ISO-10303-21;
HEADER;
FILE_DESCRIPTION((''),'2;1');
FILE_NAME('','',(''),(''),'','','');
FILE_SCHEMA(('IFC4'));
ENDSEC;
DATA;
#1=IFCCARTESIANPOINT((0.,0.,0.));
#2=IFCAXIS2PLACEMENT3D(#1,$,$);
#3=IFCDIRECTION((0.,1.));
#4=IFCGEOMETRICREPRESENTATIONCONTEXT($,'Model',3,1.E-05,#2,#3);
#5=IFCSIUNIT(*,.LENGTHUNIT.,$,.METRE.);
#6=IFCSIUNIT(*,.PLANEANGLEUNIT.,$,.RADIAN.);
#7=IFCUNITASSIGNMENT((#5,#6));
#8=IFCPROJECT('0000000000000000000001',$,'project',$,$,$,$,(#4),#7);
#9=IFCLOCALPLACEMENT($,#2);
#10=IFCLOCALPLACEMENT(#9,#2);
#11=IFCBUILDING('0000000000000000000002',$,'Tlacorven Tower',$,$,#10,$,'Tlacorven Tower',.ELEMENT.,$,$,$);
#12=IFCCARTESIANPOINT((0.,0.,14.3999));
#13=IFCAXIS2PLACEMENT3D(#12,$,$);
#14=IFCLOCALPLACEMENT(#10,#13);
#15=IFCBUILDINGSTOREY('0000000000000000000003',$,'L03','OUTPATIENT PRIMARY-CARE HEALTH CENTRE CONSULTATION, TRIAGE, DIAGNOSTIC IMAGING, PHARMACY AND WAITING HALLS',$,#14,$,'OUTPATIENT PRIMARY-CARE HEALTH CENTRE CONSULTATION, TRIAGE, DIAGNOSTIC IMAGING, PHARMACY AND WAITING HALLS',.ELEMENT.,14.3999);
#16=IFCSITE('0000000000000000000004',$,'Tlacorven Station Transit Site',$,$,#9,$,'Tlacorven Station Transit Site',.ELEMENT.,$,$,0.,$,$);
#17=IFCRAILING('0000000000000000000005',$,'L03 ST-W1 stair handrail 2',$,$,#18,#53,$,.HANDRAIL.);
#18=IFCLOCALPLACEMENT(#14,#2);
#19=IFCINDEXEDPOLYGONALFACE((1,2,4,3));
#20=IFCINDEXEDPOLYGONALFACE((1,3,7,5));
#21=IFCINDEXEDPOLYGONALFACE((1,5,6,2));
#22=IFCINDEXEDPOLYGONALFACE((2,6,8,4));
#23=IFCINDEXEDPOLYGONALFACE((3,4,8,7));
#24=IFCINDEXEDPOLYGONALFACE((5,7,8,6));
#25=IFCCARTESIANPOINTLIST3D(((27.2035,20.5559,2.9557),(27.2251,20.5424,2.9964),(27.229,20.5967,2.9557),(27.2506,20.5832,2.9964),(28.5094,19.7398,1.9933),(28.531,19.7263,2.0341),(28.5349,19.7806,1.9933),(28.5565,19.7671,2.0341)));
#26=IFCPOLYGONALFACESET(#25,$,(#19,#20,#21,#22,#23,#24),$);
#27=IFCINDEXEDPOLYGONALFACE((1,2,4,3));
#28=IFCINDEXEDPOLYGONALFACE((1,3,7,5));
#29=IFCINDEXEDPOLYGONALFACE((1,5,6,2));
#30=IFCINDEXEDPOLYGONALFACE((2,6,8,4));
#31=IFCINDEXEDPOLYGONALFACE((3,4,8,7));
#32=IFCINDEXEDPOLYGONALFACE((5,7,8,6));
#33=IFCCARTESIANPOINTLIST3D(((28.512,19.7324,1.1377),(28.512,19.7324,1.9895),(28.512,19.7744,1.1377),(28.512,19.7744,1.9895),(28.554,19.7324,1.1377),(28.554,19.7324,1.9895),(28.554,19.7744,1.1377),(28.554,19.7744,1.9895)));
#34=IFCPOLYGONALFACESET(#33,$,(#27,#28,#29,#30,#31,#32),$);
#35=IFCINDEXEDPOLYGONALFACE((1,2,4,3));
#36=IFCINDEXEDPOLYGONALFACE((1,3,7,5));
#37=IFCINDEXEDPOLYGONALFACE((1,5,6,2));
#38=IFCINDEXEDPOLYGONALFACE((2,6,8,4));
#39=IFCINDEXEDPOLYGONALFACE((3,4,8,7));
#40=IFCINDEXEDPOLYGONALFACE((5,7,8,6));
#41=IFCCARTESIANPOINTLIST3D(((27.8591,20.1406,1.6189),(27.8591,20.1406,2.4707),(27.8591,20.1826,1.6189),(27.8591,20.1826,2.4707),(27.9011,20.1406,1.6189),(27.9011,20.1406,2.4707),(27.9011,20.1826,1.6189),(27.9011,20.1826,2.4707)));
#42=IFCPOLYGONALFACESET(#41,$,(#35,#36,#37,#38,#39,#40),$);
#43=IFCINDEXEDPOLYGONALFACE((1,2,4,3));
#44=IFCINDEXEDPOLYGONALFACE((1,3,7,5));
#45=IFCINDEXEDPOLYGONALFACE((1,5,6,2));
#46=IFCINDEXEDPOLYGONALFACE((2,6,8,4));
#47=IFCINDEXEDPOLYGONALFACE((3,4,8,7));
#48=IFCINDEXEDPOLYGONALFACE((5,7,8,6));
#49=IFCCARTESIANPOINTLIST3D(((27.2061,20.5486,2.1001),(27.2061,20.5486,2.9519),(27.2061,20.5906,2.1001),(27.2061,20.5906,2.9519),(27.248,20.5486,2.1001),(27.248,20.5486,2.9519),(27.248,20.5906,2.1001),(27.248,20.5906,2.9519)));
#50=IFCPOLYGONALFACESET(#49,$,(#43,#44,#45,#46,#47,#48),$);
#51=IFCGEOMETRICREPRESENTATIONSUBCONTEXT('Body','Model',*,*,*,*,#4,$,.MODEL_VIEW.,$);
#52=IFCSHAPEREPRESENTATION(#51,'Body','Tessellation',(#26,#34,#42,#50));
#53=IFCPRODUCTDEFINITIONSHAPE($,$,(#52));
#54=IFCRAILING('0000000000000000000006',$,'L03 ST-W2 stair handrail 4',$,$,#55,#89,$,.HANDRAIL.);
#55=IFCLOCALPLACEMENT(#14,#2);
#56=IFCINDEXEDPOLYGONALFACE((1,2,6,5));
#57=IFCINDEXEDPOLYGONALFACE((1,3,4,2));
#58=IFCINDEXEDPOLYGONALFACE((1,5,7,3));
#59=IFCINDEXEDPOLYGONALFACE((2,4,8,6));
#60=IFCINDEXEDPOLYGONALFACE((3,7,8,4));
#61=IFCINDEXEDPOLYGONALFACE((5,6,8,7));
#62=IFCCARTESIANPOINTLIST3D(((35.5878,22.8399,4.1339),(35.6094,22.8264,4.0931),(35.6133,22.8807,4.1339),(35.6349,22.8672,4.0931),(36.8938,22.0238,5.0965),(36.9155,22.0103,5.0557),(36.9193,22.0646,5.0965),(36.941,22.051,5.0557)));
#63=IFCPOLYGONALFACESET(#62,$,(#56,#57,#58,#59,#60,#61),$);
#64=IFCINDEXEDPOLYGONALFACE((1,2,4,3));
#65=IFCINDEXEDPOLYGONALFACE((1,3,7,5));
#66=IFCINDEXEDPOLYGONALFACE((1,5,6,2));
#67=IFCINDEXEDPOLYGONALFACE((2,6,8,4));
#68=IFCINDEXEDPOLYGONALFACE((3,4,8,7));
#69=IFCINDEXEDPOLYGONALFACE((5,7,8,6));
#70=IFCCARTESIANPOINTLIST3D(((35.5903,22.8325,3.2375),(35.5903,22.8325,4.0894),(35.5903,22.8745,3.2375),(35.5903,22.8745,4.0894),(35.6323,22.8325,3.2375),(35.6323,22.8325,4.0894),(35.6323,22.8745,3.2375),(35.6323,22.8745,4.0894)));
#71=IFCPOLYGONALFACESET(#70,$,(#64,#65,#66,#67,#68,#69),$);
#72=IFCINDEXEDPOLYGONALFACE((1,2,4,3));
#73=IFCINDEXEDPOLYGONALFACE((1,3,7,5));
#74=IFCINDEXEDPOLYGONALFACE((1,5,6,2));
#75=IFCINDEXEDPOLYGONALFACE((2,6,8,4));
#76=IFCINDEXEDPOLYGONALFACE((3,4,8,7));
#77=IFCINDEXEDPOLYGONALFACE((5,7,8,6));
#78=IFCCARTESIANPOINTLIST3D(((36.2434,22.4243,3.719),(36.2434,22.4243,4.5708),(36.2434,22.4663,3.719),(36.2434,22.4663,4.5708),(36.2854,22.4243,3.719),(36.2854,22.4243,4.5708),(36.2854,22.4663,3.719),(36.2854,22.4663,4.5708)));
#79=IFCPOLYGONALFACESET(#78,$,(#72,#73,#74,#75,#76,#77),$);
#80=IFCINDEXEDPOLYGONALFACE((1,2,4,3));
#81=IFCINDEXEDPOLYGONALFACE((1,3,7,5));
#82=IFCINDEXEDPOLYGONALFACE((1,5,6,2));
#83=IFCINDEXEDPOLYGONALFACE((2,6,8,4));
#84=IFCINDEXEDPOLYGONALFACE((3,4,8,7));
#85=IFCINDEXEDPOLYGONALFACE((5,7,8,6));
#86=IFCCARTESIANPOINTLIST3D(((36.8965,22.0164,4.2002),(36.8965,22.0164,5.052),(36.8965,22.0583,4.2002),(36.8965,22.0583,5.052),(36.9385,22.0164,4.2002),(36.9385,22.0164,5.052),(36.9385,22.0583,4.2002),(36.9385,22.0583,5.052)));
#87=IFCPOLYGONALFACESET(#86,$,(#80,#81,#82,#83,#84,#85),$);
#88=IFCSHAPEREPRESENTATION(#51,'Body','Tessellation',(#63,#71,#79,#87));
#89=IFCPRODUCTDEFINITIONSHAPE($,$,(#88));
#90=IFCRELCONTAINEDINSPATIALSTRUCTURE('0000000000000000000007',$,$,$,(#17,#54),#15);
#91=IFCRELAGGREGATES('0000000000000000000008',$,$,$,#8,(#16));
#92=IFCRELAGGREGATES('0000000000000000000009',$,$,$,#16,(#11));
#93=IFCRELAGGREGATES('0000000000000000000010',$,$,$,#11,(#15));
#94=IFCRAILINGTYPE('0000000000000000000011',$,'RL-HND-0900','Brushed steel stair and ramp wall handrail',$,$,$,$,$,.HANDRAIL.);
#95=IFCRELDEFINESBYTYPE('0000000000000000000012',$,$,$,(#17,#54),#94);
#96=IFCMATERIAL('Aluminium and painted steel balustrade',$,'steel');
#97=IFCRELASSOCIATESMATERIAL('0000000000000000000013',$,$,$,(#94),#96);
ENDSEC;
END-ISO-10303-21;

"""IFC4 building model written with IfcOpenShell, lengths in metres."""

from ifc_helpers import new_model, si_unit, direction, frame, origin, origin_2d, place, context, subcontext, project, spatial, rectangle, extrude, source, transform, mapped, material, type_object, element, save


model = new_model("IFC4")

# Units and contexts
model_context = context("Model", 3, precision=1e-05, world=origin(), true_north=direction((0.0, 1.0)))
body_context = subcontext(model_context, "Body", "Model", "MODEL_VIEW")
ifc_project = project(units=[si_unit("LENGTHUNIT", "METRE"), si_unit("PLANEANGLEUNIT", "RADIAN")], contexts=[model_context])

# Site, building, storey
site_placement = place(None, origin())
site = spatial("IfcSite", under=ifc_project, at=site_placement, Name="Tlacorven Station Transit Site", LongName="Tlacorven Station Transit Site", CompositionType="ELEMENT", RefElevation=0.0)
building_placement = place(site_placement, origin())
building = spatial("IfcBuilding", under=site, at=building_placement, Name="Tlacorven Tower", LongName="Tlacorven Tower", CompositionType="ELEMENT")
storey_placement = place(building_placement, frame((0.0, 0.0, 14.3999)))
storey = spatial("IfcBuildingStorey", under=building, at=storey_placement, Name="L03", Description="OUTPATIENT PRIMARY-CARE HEALTH CENTRE CONSULTATION, TRIAGE, DIAGNOSTIC IMAGING, PHARMACY AND WAITING HALLS", LongName="OUTPATIENT PRIMARY-CARE HEALTH CENTRE CONSULTATION, TRIAGE, DIAGNOSTIC IMAGING, PHARMACY AND WAITING HALLS", CompositionType="ELEMENT", Elevation=14.3999)

# Railings
ifc_material_1 = material(Name="Aluminium and painted steel balustrade", Category="steel")
railing_type_1 = type_object("IfcRailingType", Name="RL-HND-0900", Description="Brushed steel stair and ramp wall handrail", PredefinedType="HANDRAIL", material=ifc_material_1)
shared_shape_1 = source(origin(), body_context, "Body", "SweptSolid", [
    extrude(rectangle(XDim=0.0481, YDim=0.0481, at=origin_2d()), frame((0.0, 0.0, 0.876), z_axis=(-0.719126, 0.449437, 0.529967), x_axis=(-0.529985, -0.848007, 0.0)), (0.0, 0.0, 1.0), 1.8159),
    extrude(rectangle(XDim=0.042, YDim=0.042, at=origin_2d()), origin(), (0.0, 0.0, 1.0), 0.8518),
    extrude(rectangle(XDim=0.042, YDim=0.042, at=origin_2d()), frame((-0.6528, 0.4082, 0.4812)), (0.0, 0.0, 1.0), 0.8518),
    extrude(rectangle(XDim=0.042, YDim=0.042, at=origin_2d()), frame((-1.3059, 0.8162, 0.9624)), (0.0, 0.0, 1.0), 0.8518),
])
railing_1_placement = place(storey_placement, frame((28.533, 19.7534, 1.1377)))
element("IfcRailing", 1, at=railing_1_placement, inside=storey, type_object=railing_type_1, Name="L03 ST-W1 stair handrail 2", PredefinedType="HANDRAIL", context=body_context, shape_type="MappedRepresentation", body=[
    mapped(shared_shape_1, transform((0.0, 0.0, 0.0), scale=1.0)),
])
shared_shape_2 = source(origin(), body_context, "Body", "SweptSolid", [
    extrude(rectangle(XDim=0.0481, YDim=0.0481, at=origin_2d()), frame((0.0, 0.0, 0.876), z_axis=(0.719139, -0.449361, 0.530012), x_axis=(0.529913, 0.848052, 0.0)), (0.0, 0.0, 1.0), 1.8162),
    extrude(rectangle(XDim=0.042, YDim=0.042, at=origin_2d()), origin(), (0.0, 0.0, 1.0), 0.8518),
    extrude(rectangle(XDim=0.042, YDim=0.042, at=origin_2d()), frame((0.6531, -0.4082, 0.4814)), (0.0, 0.0, 1.0), 0.8518),
    extrude(rectangle(XDim=0.042, YDim=0.042, at=origin_2d()), frame((1.3062, -0.8162, 0.9626)), (0.0, 0.0, 1.0), 0.8518),
])
railing_2_placement = place(storey_placement, frame((35.6113, 22.8535, 3.2375)))
element("IfcRailing", 2, at=railing_2_placement, inside=storey, type_object=railing_type_1, Name="L03 ST-W2 stair handrail 4", PredefinedType="HANDRAIL", context=body_context, shape_type="MappedRepresentation", body=[
    mapped(shared_shape_2, transform((0.0, 0.0, 0.0), scale=1.0)),
])

save(model, "model.ifc")
